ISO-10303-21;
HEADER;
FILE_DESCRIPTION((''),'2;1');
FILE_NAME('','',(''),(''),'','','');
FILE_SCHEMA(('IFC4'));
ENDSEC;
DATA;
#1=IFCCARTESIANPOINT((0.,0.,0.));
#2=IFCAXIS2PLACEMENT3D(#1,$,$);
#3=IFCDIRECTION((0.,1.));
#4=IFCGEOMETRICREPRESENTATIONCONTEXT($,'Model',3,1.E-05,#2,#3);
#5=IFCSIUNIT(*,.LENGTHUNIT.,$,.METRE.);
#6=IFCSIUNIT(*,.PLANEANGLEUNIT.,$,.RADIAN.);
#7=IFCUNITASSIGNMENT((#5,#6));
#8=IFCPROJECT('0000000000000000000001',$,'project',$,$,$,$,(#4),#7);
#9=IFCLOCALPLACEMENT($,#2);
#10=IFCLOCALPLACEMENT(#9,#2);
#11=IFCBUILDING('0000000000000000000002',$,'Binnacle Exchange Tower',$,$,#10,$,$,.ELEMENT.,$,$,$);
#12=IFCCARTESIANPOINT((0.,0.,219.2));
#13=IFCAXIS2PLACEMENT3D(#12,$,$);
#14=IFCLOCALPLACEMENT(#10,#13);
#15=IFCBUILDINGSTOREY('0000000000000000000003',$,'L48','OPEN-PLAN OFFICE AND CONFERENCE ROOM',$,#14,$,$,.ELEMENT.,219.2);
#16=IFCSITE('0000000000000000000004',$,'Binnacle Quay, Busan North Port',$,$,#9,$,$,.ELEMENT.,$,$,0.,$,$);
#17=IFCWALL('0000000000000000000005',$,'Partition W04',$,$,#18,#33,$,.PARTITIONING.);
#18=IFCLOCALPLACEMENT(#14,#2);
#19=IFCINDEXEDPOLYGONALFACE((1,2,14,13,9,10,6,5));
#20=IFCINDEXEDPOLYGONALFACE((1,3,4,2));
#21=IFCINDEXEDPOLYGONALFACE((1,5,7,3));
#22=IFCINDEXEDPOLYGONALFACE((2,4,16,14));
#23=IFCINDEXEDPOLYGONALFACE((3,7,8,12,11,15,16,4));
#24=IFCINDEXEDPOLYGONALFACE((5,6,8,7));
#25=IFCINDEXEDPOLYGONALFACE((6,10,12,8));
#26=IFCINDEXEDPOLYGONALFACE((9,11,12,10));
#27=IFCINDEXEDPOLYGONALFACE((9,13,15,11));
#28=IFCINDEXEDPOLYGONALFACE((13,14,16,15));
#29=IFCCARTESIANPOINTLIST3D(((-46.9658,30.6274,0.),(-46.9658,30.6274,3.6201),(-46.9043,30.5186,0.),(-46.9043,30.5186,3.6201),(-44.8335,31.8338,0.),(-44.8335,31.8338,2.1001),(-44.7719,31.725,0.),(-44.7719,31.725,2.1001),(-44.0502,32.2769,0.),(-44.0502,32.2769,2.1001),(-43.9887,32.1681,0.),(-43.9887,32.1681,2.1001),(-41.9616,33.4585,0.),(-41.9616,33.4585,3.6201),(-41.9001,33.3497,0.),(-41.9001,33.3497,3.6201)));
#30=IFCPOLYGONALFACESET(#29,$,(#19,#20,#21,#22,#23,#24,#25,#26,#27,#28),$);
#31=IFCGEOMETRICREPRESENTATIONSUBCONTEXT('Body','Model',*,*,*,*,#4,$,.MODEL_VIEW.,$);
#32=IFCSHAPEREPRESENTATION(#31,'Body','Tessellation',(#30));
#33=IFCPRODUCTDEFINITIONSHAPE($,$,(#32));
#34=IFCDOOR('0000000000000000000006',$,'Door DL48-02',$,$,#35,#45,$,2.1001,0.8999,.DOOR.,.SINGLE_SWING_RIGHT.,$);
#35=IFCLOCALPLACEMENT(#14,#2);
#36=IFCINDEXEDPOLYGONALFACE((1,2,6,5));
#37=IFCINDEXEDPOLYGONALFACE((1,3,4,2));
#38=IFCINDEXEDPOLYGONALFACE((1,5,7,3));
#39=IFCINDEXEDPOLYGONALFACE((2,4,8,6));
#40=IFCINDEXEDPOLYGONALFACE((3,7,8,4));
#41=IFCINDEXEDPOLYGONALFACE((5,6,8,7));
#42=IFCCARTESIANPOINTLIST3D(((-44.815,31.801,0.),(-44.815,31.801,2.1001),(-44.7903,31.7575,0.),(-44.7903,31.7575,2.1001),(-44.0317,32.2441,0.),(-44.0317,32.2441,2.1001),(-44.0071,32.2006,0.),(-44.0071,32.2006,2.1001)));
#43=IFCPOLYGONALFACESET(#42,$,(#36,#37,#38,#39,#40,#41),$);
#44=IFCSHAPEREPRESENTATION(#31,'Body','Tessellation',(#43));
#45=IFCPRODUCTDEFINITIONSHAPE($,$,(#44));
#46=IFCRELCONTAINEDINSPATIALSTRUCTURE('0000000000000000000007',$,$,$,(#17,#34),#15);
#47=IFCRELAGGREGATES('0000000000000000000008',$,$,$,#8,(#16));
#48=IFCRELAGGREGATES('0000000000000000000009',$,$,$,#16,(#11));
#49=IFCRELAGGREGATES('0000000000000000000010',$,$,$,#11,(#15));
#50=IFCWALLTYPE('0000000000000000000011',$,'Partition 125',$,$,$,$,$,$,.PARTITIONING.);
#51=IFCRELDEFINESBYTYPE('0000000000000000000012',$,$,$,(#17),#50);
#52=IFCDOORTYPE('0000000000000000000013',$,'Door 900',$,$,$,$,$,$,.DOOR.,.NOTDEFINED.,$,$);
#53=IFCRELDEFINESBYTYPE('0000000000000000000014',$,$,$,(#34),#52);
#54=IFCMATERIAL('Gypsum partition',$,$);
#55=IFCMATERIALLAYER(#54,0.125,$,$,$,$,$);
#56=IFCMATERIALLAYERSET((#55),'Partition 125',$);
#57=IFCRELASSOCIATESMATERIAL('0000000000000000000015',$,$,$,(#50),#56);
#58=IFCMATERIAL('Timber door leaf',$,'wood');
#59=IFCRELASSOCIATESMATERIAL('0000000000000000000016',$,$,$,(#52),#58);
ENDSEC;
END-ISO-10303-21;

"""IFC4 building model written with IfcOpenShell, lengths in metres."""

from ifc_helpers import new_model, si_unit, direction, frame, frame_2d, origin, place, context, subcontext, project, spatial, rectangle, extrude, material, layer, layer_set, type_object, element, fill, save


model = new_model("IFC4")

# Units and contexts
model_context = context("Model", 3, precision=1e-05, world=origin(), true_north=direction((0.0, 1.0)))
body_context = subcontext(model_context, "Body", "Model", "MODEL_VIEW")
ifc_project = project(units=[si_unit("LENGTHUNIT", "METRE"), si_unit("PLANEANGLEUNIT", "RADIAN")], contexts=[model_context])

# Site, building, storey
site_placement = place(None, origin())
site = spatial("IfcSite", under=ifc_project, at=site_placement, Name="Binnacle Quay, Busan North Port", CompositionType="ELEMENT", RefElevation=0.0)
building_placement = place(site_placement, origin())
building = spatial("IfcBuilding", under=site, at=building_placement, Name="Binnacle Exchange Tower", CompositionType="ELEMENT")
storey_placement = place(building_placement, frame((0.0, 0.0, 219.2)))
storey = spatial("IfcBuildingStorey", under=building, at=storey_placement, Name="L48", Description="OPEN-PLAN OFFICE AND CONFERENCE ROOM", CompositionType="ELEMENT", Elevation=219.2)

# Wall, opening, door
ifc_material_1 = material(Name="Gypsum partition")
ifc_layer_1 = layer(ifc_material_1, 0.125)
ifc_layer_set_1 = layer_set([ifc_layer_1], Name="Partition 125")
wall_type_1 = type_object("IfcWallType", Name="Partition 125", PredefinedType="PARTITIONING", material=ifc_layer_set_1)
ifc_material_2 = material(Name="Timber door leaf", Category="wood")
door_type_1 = type_object("IfcDoorType", Name="Door 900", OperationType="NOTDEFINED", PredefinedType="DOOR", material=ifc_material_2)
wall_1_placement = place(storey_placement, frame((-46.9351, 30.573, 0.0), z_axis=(0.0, 0.0, 1.0), x_axis=(0.870367, 0.492403, 0.0)))
wall_1 = element("IfcWall", 1, at=wall_1_placement, inside=storey, type_object=wall_type_1, Name="Partition W04", PredefinedType="PARTITIONING", context=body_context, shape_type="SweptSolid", body=[
    extrude(rectangle(XDim=5.7495, YDim=0.125, at=frame_2d((2.8748, 0.0))), origin(), (0.0, 0.0, 1.0), 3.6201),
])
opening_1_placement = place(wall_1_placement, frame((2.45, 0.0, 0.0)))
opening_1 = element("IfcOpeningElement", 2, at=opening_1_placement, cuts=wall_1, PredefinedType="OPENING", context=body_context, shape_type="SweptSolid", body=[
    extrude(rectangle(XDim=0.8999, YDim=2.1001, at=frame_2d((0.45, 1.05))), frame((0.0, 0.0725, 0.0), z_axis=(0.0, -1.0, 0.0), x_axis=(1.0, 0.0, 0.0)), (0.0, 0.0, 1.0), 0.145),
])
door_1_placement = place(opening_1_placement, origin())
door_1 = element("IfcDoor", 3, at=door_1_placement, inside=storey, type_object=door_type_1, Name="Door DL48-02", OperationType="SINGLE_SWING_RIGHT", OverallHeight=2.1001, OverallWidth=0.8999, PredefinedType="DOOR", context=body_context, shape_type="SweptSolid", body=[
    extrude(rectangle(XDim=0.8999, YDim=2.1001, at=frame_2d((0.45, 1.05))), frame((0.0, 0.0249, 0.0), z_axis=(0.0, -1.0, 0.0), x_axis=(1.0, 0.0, 0.0)), (0.0, 0.0, 1.0), 0.05),
])
fill(opening_1, door_1)

save(model, "model.ifc")
